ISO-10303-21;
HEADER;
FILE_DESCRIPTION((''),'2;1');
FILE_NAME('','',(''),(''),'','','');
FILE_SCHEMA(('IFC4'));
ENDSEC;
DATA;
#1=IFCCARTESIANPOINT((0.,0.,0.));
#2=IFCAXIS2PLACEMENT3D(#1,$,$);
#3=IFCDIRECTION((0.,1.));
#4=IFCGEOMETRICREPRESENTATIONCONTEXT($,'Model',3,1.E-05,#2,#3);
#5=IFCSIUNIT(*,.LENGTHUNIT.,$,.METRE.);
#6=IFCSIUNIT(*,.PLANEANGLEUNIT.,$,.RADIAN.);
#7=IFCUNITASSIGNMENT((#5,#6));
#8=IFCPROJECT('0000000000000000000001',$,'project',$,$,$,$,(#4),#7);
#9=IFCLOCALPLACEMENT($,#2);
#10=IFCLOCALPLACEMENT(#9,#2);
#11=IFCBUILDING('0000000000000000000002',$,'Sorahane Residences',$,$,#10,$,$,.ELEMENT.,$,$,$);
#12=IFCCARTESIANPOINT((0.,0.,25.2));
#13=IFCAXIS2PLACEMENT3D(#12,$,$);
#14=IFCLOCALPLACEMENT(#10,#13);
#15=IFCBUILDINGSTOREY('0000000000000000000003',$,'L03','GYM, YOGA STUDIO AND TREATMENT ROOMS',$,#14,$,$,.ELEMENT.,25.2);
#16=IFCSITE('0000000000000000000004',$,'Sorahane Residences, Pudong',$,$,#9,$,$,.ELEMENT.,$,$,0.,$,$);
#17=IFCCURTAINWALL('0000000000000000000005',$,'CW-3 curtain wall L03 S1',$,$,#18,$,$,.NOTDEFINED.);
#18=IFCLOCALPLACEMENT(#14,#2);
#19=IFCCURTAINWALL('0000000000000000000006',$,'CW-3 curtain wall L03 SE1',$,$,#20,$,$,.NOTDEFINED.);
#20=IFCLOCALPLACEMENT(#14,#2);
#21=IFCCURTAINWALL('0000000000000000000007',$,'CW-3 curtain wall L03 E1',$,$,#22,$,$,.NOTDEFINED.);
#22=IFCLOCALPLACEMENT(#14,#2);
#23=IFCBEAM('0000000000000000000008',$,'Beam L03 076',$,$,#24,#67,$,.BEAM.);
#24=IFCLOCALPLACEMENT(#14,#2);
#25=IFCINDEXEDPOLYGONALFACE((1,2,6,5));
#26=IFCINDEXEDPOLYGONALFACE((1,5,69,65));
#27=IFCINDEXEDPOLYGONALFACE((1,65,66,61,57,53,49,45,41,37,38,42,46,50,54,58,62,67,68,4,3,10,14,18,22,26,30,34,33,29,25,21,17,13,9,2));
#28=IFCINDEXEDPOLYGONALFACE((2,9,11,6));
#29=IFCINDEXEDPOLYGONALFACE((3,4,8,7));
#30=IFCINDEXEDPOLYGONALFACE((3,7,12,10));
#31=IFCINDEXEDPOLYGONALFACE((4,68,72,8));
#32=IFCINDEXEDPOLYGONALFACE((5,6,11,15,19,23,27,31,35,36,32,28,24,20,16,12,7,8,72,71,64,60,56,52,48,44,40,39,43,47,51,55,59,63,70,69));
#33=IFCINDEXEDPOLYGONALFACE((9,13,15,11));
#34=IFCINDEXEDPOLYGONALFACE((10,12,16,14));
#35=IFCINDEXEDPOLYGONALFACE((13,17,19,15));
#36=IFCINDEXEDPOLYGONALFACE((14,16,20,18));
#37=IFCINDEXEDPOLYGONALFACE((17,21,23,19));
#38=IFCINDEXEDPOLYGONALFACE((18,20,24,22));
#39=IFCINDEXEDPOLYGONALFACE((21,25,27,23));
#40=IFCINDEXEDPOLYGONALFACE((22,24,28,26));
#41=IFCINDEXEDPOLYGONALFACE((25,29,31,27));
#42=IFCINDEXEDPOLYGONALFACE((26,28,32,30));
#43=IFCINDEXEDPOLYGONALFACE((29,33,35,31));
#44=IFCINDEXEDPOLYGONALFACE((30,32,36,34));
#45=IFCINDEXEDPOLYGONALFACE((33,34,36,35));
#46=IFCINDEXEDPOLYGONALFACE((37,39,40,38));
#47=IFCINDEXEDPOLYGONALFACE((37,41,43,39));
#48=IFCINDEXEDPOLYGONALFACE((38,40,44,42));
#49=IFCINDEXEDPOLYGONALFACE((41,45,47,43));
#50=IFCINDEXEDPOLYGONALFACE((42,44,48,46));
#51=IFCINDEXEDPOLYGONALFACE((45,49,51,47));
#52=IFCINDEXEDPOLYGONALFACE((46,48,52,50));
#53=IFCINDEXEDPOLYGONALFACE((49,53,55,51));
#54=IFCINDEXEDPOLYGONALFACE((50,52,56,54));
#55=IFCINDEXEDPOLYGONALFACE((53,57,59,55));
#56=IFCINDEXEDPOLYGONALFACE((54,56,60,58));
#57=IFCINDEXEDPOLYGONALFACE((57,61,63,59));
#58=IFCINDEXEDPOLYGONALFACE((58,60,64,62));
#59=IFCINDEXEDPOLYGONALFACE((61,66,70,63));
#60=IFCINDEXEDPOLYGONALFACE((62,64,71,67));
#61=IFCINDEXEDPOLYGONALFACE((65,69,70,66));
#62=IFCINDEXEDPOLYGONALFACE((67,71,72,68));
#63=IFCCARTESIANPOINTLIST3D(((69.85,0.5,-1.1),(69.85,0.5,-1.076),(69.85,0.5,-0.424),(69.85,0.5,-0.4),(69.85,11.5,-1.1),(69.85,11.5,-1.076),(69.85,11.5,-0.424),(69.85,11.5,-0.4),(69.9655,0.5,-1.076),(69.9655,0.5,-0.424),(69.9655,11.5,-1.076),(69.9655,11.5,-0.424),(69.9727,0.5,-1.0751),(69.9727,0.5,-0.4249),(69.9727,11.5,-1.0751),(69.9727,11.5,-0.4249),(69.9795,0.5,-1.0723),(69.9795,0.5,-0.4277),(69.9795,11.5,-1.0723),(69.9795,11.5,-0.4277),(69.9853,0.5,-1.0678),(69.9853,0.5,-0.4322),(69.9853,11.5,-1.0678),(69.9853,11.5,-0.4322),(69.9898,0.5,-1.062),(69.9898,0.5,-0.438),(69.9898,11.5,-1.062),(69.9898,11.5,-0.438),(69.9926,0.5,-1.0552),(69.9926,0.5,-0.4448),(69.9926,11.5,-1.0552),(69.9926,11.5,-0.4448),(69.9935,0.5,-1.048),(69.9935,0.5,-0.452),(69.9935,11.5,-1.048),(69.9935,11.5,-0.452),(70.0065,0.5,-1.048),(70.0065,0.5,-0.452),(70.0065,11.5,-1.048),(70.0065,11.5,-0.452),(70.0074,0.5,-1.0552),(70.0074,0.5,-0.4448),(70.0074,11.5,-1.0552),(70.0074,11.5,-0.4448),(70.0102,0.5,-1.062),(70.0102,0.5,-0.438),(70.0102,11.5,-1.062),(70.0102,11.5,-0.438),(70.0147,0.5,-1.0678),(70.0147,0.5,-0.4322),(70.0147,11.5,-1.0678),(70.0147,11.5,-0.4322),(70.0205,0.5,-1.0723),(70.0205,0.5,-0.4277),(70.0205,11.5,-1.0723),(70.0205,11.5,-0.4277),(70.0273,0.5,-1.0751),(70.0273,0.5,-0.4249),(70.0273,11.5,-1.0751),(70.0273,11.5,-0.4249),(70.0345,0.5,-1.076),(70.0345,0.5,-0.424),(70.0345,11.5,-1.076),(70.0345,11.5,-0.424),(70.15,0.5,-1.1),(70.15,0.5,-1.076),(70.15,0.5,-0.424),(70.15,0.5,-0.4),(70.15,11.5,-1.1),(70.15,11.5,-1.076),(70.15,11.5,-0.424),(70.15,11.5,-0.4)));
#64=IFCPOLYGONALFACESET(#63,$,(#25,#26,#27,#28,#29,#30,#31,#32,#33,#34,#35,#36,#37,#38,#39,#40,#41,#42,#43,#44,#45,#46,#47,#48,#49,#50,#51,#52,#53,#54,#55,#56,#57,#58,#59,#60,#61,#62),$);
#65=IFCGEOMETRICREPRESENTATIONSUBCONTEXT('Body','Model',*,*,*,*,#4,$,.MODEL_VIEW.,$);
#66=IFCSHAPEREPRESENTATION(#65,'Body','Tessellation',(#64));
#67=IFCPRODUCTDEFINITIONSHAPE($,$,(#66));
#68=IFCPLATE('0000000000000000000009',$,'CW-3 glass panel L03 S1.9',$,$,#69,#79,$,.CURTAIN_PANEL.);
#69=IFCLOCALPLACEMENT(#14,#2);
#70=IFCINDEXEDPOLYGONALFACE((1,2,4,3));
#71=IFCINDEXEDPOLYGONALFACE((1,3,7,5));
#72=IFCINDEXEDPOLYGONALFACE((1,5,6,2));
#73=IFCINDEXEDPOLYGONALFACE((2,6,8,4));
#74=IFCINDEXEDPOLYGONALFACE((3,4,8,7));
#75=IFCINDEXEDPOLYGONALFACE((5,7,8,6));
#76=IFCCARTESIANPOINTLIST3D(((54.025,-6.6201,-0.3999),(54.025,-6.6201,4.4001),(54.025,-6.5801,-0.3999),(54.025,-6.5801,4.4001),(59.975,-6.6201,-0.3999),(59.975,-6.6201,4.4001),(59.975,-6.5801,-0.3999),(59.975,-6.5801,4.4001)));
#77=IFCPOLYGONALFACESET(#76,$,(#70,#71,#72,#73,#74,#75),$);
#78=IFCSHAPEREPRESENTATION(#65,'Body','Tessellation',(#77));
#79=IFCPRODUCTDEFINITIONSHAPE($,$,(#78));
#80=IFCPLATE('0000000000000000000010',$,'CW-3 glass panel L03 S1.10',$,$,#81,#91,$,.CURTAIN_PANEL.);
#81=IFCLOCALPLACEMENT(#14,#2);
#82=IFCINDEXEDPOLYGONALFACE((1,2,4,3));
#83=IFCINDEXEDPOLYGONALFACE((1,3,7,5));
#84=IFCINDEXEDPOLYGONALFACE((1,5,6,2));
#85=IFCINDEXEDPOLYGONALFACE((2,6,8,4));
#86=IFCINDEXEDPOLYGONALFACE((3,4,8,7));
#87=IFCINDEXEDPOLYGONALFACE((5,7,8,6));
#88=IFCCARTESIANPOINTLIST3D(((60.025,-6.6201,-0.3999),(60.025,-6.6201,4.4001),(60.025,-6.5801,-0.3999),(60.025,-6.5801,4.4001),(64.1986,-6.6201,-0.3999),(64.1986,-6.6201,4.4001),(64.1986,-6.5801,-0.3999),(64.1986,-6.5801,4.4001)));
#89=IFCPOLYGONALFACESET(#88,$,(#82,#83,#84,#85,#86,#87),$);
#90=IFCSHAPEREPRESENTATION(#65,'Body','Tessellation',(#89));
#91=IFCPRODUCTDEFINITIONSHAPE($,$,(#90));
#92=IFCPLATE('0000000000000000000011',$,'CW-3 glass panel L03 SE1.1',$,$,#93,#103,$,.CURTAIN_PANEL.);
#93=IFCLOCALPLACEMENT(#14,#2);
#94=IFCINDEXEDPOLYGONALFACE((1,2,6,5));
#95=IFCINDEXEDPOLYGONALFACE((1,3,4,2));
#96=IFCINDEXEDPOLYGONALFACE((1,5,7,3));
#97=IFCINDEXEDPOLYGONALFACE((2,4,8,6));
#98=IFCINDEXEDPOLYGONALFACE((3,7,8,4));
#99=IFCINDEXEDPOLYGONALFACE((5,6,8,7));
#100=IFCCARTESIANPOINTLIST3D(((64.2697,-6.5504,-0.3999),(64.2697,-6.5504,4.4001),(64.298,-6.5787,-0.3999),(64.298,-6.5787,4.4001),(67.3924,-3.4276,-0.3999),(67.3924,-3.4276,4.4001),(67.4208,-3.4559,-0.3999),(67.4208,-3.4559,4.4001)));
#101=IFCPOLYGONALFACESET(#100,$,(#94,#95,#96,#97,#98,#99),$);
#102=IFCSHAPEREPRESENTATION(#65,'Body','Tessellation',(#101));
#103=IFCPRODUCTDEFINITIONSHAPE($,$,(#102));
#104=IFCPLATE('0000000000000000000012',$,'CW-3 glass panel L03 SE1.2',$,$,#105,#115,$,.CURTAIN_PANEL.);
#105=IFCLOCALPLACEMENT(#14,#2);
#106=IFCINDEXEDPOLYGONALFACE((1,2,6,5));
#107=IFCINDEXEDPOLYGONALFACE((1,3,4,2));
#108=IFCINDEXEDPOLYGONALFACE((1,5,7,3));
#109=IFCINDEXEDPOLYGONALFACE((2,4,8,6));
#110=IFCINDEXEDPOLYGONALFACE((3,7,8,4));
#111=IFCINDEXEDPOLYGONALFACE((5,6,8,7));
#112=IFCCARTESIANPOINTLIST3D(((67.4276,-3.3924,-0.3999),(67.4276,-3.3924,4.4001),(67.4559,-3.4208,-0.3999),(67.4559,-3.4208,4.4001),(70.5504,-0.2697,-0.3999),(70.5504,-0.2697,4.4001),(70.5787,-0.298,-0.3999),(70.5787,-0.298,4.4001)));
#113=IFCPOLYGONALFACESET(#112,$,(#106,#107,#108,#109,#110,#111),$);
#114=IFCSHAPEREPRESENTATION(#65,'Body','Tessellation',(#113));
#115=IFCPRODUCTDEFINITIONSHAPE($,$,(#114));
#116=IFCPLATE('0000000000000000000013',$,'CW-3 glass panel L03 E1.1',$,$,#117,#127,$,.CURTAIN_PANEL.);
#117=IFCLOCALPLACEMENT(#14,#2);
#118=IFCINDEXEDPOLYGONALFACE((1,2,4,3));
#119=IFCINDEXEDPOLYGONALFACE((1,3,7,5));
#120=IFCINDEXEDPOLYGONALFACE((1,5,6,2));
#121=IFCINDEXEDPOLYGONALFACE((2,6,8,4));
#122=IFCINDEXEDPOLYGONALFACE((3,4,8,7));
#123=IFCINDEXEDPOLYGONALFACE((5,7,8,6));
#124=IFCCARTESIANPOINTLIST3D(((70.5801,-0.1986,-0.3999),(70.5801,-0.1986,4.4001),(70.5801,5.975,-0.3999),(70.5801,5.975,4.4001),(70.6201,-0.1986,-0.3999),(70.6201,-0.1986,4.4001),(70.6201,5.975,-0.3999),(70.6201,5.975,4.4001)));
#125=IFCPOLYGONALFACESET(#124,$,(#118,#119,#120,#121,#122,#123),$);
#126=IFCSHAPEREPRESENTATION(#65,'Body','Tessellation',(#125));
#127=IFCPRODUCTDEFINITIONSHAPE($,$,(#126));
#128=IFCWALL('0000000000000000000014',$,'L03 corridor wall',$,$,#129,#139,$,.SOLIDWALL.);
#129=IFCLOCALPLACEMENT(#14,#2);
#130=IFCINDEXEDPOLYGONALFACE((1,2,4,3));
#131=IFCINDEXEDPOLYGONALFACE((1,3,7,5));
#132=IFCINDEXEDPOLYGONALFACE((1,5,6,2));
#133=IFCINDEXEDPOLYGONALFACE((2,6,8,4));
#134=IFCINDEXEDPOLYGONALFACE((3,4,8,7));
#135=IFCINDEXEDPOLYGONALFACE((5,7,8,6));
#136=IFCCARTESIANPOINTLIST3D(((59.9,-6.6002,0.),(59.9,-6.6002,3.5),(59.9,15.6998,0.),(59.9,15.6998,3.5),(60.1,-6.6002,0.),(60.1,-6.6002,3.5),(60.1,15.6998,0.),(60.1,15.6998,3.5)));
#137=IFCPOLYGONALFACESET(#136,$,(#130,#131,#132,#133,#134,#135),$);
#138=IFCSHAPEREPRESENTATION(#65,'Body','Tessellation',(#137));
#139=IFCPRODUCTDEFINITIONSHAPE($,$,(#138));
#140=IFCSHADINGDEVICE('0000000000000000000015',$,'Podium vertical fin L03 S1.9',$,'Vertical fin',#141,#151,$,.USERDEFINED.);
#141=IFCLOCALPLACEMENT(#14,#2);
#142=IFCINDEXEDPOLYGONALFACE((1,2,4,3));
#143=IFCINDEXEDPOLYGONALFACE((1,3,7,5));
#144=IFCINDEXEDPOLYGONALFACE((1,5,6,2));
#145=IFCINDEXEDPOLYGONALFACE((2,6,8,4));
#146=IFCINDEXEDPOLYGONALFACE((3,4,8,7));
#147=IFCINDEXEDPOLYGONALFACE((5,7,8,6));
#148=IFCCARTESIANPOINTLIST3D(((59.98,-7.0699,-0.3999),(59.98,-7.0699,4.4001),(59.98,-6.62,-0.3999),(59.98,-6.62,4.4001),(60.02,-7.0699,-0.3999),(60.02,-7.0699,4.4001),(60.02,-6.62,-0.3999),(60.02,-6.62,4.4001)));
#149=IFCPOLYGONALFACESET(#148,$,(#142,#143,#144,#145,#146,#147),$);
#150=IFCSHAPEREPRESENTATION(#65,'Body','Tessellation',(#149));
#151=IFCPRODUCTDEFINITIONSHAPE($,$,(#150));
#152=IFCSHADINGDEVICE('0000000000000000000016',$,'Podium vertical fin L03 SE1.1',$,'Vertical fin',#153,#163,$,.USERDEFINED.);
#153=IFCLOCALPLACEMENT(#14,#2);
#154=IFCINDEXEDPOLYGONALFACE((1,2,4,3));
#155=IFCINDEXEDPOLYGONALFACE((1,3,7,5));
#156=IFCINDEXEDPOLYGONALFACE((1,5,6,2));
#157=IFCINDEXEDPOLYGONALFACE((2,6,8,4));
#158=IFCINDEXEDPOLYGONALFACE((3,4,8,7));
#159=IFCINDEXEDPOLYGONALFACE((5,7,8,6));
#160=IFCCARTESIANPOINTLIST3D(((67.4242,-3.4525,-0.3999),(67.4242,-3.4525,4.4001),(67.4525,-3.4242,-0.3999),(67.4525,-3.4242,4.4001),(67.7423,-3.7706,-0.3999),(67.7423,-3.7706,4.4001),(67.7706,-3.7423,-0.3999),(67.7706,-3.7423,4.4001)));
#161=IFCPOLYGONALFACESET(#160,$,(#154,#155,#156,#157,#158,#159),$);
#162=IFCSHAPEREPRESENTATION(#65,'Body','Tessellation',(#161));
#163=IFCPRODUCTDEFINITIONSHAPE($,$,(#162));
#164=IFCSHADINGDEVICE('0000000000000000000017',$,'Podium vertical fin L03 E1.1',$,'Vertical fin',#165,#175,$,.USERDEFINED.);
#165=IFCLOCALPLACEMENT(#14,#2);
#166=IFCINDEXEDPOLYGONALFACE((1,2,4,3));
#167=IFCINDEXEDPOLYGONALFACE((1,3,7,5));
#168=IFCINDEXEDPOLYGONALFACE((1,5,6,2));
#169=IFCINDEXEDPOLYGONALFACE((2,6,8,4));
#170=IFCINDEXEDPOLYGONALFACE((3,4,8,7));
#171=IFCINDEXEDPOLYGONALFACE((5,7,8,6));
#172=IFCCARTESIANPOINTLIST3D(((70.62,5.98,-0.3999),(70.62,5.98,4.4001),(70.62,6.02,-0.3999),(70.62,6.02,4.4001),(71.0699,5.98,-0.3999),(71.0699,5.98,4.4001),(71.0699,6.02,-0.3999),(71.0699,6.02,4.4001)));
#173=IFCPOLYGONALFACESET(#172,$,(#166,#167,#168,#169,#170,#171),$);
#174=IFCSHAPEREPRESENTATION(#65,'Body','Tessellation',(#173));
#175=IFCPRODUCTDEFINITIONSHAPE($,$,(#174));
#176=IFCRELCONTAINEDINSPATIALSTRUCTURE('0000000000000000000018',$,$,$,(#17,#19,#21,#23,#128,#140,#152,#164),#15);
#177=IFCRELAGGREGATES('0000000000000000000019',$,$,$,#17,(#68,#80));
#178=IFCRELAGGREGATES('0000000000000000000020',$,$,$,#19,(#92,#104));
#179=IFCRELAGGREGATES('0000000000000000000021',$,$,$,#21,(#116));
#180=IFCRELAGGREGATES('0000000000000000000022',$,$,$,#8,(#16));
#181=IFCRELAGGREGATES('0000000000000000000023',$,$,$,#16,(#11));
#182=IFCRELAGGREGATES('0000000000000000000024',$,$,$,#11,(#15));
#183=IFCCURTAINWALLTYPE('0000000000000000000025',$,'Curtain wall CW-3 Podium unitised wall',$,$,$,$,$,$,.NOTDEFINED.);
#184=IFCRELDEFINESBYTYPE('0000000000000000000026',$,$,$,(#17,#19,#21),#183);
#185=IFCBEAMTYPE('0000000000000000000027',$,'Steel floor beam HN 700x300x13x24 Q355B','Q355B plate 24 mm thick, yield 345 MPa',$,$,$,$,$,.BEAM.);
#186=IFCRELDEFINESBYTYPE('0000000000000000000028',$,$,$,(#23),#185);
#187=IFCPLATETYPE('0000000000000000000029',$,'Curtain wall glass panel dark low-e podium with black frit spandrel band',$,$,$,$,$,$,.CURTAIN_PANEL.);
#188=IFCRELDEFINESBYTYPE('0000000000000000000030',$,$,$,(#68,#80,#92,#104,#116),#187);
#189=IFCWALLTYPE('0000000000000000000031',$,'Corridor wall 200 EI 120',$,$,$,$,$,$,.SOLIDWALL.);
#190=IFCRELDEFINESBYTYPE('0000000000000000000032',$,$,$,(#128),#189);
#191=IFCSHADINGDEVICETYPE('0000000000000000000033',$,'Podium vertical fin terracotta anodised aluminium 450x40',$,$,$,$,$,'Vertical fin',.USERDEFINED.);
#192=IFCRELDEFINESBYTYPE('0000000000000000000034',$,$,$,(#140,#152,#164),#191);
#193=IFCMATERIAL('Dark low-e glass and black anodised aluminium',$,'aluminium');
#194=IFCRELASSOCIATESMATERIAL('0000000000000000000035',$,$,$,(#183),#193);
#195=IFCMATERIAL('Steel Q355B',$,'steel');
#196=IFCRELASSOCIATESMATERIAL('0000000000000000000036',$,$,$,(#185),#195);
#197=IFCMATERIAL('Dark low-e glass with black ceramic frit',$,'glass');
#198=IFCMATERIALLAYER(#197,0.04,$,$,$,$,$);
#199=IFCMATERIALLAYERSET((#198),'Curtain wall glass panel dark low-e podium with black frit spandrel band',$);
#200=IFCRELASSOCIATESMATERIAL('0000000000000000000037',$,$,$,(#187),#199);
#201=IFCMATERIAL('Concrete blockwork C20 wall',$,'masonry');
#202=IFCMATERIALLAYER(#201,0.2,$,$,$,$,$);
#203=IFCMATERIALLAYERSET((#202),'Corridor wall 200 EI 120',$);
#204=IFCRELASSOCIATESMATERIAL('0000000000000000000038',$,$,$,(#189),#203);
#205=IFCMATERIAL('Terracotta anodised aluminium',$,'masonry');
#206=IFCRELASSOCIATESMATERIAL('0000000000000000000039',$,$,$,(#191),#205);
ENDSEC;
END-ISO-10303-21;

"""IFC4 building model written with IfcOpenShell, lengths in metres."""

from ifc_helpers import new_model, si_unit, direction, frame, frame_2d, origin, origin_2d, place, context, subcontext, project, spatial, rectangle, i_section, extrude, material, layer, layer_set, material_profile, profile_set, type_object, element, aggregate, save


model = new_model("IFC4")

# Units and contexts
model_context = context("Model", 3, precision=1e-05, world=origin(), true_north=direction((0.0, 1.0)))
body_context = subcontext(model_context, "Body", "Model", "MODEL_VIEW")
ifc_project = project(units=[si_unit("LENGTHUNIT", "METRE"), si_unit("PLANEANGLEUNIT", "RADIAN")], contexts=[model_context])

# Site, building, storey
site_placement = place(None, origin())
site = spatial("IfcSite", under=ifc_project, at=site_placement, Name="Sorahane Residences, Pudong", CompositionType="ELEMENT", RefElevation=0.0)
building_placement = place(site_placement, origin())
building = spatial("IfcBuilding", under=site, at=building_placement, Name="Sorahane Residences", CompositionType="ELEMENT")
storey_placement = place(building_placement, frame((0.0, 0.0, 25.2)))
storey = spatial("IfcBuildingStorey", under=building, at=storey_placement, Name="L03", Description="GYM, YOGA STUDIO AND TREATMENT ROOMS", CompositionType="ELEMENT", Elevation=25.2)

# Curtain walls
ifc_material_1 = material(Name="Dark low-e glass and black anodised aluminium", Category="aluminium")
curtain_wall_type = type_object("IfcCurtainWallType", Name="Curtain wall CW-3 Podium unitised wall", PredefinedType="NOTDEFINED", material=ifc_material_1)
curtain_wall_1_placement = place(storey_placement, origin())
curtain_wall_1 = element("IfcCurtainWall", 1, at=curtain_wall_1_placement, inside=storey, type_object=curtain_wall_type, Name="CW-3 curtain wall L03 S1", PredefinedType="NOTDEFINED")
curtain_wall_2_placement = place(storey_placement, origin())
curtain_wall_2 = element("IfcCurtainWall", 2, at=curtain_wall_2_placement, inside=storey, type_object=curtain_wall_type, Name="CW-3 curtain wall L03 SE1", PredefinedType="NOTDEFINED")

# Curtain wall
curtain_wall_3_placement = place(storey_placement, origin())
curtain_wall_3 = element("IfcCurtainWall", 3, at=curtain_wall_3_placement, inside=storey, type_object=curtain_wall_type, Name="CW-3 curtain wall L03 E1", PredefinedType="NOTDEFINED")

# Beam
ifc_material_2 = material(Name="Steel Q355B", Category="steel")
ifc_material_profile_1 = material_profile(ifc_material_2, i_section(OverallWidth=0.3, OverallDepth=0.7, WebThickness=0.0129, FlangeThickness=0.0239, FilletRadius=0.0281, at=origin_2d()), Name="HN 700x300x13x24")
ifc_profile_set_1 = profile_set([ifc_material_profile_1], Name="Steel Q355B")
beam_type_1 = type_object("IfcBeamType", Name="Steel floor beam HN 700x300x13x24 Q355B", Description="Q355B plate 24 mm thick, yield 345 MPa", PredefinedType="BEAM", material=ifc_profile_set_1)
beam_1_placement = place(storey_placement, frame((70.0, 0.5, -0.75), z_axis=(0.0, 1.0, 0.0), x_axis=(-1.0, 0.0, 0.0)))
element("IfcBeam", 4, at=beam_1_placement, inside=storey, type_object=beam_type_1, Name="Beam L03 076", PredefinedType="BEAM", context=body_context, shape_type="SweptSolid", body=[
    extrude(i_section(OverallWidth=0.3, OverallDepth=0.7, WebThickness=0.0129, FlangeThickness=0.0239, FilletRadius=0.0281, at=origin_2d()), origin(), (0.0, 0.0, 1.0), 11.0),
])

# Plates
ifc_material_3 = material(Name="Dark low-e glass with black ceramic frit", Category="glass")
ifc_layer_1 = layer(ifc_material_3, 0.04)
ifc_layer_set_1 = layer_set([ifc_layer_1], Name="Curtain wall glass panel dark low-e podium with black frit spandrel band")
plate_type = type_object("IfcPlateType", Name="Curtain wall glass panel dark low-e podium with black frit spandrel band", PredefinedType="CURTAIN_PANEL", material=ifc_layer_set_1)
plate_1_placement = place(storey_placement, frame((57.0, -6.6001, -0.3999), z_axis=(0.0, 0.0, 1.0), x_axis=(1.0, 0.0, 0.0)))
plate_1 = element("IfcPlate", 5, at=plate_1_placement, type_object=plate_type, Name="CW-3 glass panel L03 S1.9", PredefinedType="CURTAIN_PANEL", context=body_context, shape_type="SweptSolid", body=[
    extrude(rectangle(XDim=5.95, YDim=0.04, at=origin_2d()), origin(), (0.0, 0.0, 1.0), 4.8),
])
plate_2_placement = place(storey_placement, frame((62.1118, -6.6001, -0.3999), z_axis=(0.0, 0.0, 1.0), x_axis=(1.0, 0.0, 0.0)))
plate_2 = element("IfcPlate", 6, at=plate_2_placement, type_object=plate_type, Name="CW-3 glass panel L03 S1.10", PredefinedType="CURTAIN_PANEL", context=body_context, shape_type="SweptSolid", body=[
    extrude(rectangle(XDim=4.1736, YDim=0.04, at=origin_2d()), origin(), (0.0, 0.0, 1.0), 4.8),
])
aggregate(curtain_wall_1, [plate_1, plate_2])
plate_3_placement = place(storey_placement, frame((65.8452, -5.0032, -0.3999), z_axis=(0.0, 0.0, 1.0), x_axis=(0.707107, 0.707107, 0.0)))
plate_3 = element("IfcPlate", 7, at=plate_3_placement, type_object=plate_type, Name="CW-3 glass panel L03 SE1.1", PredefinedType="CURTAIN_PANEL", context=body_context, shape_type="SweptSolid", body=[
    extrude(rectangle(XDim=4.4163, YDim=0.04, at=origin_2d()), origin(), (0.0, 0.0, 1.0), 4.8),
])
plate_4_placement = place(storey_placement, frame((69.0032, -1.8452, -0.3999), z_axis=(0.0, 0.0, 1.0), x_axis=(0.707107, 0.707107, 0.0)))
plate_4 = element("IfcPlate", 8, at=plate_4_placement, type_object=plate_type, Name="CW-3 glass panel L03 SE1.2", PredefinedType="CURTAIN_PANEL", context=body_context, shape_type="SweptSolid", body=[
    extrude(rectangle(XDim=4.4163, YDim=0.04, at=origin_2d()), origin(), (0.0, 0.0, 1.0), 4.8),
])
aggregate(curtain_wall_2, [plate_3, plate_4])
plate_5_placement = place(storey_placement, frame((70.6001, 2.8882, -0.3999), z_axis=(0.0, 0.0, 1.0), x_axis=(0.0, 1.0, 0.0)))
plate_5 = element("IfcPlate", 9, at=plate_5_placement, type_object=plate_type, Name="CW-3 glass panel L03 E1.1", PredefinedType="CURTAIN_PANEL", context=body_context, shape_type="SweptSolid", body=[
    extrude(rectangle(XDim=6.1736, YDim=0.04, at=origin_2d()), origin(), (0.0, 0.0, 1.0), 4.8),
])
aggregate(curtain_wall_3, [plate_5])

# Wall
ifc_material_4 = material(Name="Concrete blockwork C20 wall", Category="masonry")
ifc_layer_2 = layer(ifc_material_4, 0.2)
ifc_layer_set_2 = layer_set([ifc_layer_2], Name="Corridor wall 200 EI 120")
wall_type = type_object("IfcWallType", Name="Corridor wall 200 EI 120", PredefinedType="SOLIDWALL", material=ifc_layer_set_2)
wall_placement = place(storey_placement, frame((60.0, -6.6001, 0.0), z_axis=(0.0, 0.0, 1.0), x_axis=(0.0, 1.0, 0.0)))
element("IfcWall", 10, at=wall_placement, inside=storey, type_object=wall_type, Name="L03 corridor wall", PredefinedType="SOLIDWALL", context=body_context, shape_type="SweptSolid", body=[
    extrude(rectangle(XDim=22.3, YDim=0.2, at=frame_2d((11.1499, 0.0))), origin(), (0.0, 0.0, 1.0), 3.5),
])

# Shading devices
ifc_material_5 = material(Name="Terracotta anodised aluminium", Category="masonry")
ifc_material_profile_2 = material_profile(ifc_material_5, rectangle(XDim=0.45, YDim=0.04, at=origin_2d()), Name="Podium vertical fin terracotta anodised aluminium 450x40")
ifc_profile_set_2 = profile_set([ifc_material_profile_2], Name="Terracotta anodised aluminium")
shading_device_type = type_object("IfcShadingDeviceType", Name="Podium vertical fin terracotta anodised aluminium 450x40", ElementType="Vertical fin", PredefinedType="USERDEFINED", material=ifc_profile_set_2)
for number, where, z_axis, x_axis, name in (
    (11, (60.0, -6.845, -0.3999), (0.0, 0.0, 1.0), (0.0, -1.0, 0.0), "Podium vertical fin L03 S1.9"),
    (12, (67.5974, -3.5974, -0.3999), (0.0, 0.0, 1.0), (0.707107, -0.707107, 0.0), "Podium vertical fin L03 SE1.1"),
    (13, (70.845, 6.0, -0.3999), (0.0, 0.0, 1.0), (1.0, 0.0, 0.0), "Podium vertical fin L03 E1.1"),
):
    element("IfcShadingDevice", number, at=place(storey_placement, frame(where, z_axis=z_axis, x_axis=x_axis)), inside=storey, type_object=shading_device_type, Name=name, ObjectType="Vertical fin", PredefinedType="USERDEFINED", context=body_context, shape_type="SweptSolid", body=[
        extrude(rectangle(XDim=0.45, YDim=0.04, at=origin_2d()), origin(), (0.0, 0.0, 1.0), 4.8),
    ])

save(model, "model.ifc")
